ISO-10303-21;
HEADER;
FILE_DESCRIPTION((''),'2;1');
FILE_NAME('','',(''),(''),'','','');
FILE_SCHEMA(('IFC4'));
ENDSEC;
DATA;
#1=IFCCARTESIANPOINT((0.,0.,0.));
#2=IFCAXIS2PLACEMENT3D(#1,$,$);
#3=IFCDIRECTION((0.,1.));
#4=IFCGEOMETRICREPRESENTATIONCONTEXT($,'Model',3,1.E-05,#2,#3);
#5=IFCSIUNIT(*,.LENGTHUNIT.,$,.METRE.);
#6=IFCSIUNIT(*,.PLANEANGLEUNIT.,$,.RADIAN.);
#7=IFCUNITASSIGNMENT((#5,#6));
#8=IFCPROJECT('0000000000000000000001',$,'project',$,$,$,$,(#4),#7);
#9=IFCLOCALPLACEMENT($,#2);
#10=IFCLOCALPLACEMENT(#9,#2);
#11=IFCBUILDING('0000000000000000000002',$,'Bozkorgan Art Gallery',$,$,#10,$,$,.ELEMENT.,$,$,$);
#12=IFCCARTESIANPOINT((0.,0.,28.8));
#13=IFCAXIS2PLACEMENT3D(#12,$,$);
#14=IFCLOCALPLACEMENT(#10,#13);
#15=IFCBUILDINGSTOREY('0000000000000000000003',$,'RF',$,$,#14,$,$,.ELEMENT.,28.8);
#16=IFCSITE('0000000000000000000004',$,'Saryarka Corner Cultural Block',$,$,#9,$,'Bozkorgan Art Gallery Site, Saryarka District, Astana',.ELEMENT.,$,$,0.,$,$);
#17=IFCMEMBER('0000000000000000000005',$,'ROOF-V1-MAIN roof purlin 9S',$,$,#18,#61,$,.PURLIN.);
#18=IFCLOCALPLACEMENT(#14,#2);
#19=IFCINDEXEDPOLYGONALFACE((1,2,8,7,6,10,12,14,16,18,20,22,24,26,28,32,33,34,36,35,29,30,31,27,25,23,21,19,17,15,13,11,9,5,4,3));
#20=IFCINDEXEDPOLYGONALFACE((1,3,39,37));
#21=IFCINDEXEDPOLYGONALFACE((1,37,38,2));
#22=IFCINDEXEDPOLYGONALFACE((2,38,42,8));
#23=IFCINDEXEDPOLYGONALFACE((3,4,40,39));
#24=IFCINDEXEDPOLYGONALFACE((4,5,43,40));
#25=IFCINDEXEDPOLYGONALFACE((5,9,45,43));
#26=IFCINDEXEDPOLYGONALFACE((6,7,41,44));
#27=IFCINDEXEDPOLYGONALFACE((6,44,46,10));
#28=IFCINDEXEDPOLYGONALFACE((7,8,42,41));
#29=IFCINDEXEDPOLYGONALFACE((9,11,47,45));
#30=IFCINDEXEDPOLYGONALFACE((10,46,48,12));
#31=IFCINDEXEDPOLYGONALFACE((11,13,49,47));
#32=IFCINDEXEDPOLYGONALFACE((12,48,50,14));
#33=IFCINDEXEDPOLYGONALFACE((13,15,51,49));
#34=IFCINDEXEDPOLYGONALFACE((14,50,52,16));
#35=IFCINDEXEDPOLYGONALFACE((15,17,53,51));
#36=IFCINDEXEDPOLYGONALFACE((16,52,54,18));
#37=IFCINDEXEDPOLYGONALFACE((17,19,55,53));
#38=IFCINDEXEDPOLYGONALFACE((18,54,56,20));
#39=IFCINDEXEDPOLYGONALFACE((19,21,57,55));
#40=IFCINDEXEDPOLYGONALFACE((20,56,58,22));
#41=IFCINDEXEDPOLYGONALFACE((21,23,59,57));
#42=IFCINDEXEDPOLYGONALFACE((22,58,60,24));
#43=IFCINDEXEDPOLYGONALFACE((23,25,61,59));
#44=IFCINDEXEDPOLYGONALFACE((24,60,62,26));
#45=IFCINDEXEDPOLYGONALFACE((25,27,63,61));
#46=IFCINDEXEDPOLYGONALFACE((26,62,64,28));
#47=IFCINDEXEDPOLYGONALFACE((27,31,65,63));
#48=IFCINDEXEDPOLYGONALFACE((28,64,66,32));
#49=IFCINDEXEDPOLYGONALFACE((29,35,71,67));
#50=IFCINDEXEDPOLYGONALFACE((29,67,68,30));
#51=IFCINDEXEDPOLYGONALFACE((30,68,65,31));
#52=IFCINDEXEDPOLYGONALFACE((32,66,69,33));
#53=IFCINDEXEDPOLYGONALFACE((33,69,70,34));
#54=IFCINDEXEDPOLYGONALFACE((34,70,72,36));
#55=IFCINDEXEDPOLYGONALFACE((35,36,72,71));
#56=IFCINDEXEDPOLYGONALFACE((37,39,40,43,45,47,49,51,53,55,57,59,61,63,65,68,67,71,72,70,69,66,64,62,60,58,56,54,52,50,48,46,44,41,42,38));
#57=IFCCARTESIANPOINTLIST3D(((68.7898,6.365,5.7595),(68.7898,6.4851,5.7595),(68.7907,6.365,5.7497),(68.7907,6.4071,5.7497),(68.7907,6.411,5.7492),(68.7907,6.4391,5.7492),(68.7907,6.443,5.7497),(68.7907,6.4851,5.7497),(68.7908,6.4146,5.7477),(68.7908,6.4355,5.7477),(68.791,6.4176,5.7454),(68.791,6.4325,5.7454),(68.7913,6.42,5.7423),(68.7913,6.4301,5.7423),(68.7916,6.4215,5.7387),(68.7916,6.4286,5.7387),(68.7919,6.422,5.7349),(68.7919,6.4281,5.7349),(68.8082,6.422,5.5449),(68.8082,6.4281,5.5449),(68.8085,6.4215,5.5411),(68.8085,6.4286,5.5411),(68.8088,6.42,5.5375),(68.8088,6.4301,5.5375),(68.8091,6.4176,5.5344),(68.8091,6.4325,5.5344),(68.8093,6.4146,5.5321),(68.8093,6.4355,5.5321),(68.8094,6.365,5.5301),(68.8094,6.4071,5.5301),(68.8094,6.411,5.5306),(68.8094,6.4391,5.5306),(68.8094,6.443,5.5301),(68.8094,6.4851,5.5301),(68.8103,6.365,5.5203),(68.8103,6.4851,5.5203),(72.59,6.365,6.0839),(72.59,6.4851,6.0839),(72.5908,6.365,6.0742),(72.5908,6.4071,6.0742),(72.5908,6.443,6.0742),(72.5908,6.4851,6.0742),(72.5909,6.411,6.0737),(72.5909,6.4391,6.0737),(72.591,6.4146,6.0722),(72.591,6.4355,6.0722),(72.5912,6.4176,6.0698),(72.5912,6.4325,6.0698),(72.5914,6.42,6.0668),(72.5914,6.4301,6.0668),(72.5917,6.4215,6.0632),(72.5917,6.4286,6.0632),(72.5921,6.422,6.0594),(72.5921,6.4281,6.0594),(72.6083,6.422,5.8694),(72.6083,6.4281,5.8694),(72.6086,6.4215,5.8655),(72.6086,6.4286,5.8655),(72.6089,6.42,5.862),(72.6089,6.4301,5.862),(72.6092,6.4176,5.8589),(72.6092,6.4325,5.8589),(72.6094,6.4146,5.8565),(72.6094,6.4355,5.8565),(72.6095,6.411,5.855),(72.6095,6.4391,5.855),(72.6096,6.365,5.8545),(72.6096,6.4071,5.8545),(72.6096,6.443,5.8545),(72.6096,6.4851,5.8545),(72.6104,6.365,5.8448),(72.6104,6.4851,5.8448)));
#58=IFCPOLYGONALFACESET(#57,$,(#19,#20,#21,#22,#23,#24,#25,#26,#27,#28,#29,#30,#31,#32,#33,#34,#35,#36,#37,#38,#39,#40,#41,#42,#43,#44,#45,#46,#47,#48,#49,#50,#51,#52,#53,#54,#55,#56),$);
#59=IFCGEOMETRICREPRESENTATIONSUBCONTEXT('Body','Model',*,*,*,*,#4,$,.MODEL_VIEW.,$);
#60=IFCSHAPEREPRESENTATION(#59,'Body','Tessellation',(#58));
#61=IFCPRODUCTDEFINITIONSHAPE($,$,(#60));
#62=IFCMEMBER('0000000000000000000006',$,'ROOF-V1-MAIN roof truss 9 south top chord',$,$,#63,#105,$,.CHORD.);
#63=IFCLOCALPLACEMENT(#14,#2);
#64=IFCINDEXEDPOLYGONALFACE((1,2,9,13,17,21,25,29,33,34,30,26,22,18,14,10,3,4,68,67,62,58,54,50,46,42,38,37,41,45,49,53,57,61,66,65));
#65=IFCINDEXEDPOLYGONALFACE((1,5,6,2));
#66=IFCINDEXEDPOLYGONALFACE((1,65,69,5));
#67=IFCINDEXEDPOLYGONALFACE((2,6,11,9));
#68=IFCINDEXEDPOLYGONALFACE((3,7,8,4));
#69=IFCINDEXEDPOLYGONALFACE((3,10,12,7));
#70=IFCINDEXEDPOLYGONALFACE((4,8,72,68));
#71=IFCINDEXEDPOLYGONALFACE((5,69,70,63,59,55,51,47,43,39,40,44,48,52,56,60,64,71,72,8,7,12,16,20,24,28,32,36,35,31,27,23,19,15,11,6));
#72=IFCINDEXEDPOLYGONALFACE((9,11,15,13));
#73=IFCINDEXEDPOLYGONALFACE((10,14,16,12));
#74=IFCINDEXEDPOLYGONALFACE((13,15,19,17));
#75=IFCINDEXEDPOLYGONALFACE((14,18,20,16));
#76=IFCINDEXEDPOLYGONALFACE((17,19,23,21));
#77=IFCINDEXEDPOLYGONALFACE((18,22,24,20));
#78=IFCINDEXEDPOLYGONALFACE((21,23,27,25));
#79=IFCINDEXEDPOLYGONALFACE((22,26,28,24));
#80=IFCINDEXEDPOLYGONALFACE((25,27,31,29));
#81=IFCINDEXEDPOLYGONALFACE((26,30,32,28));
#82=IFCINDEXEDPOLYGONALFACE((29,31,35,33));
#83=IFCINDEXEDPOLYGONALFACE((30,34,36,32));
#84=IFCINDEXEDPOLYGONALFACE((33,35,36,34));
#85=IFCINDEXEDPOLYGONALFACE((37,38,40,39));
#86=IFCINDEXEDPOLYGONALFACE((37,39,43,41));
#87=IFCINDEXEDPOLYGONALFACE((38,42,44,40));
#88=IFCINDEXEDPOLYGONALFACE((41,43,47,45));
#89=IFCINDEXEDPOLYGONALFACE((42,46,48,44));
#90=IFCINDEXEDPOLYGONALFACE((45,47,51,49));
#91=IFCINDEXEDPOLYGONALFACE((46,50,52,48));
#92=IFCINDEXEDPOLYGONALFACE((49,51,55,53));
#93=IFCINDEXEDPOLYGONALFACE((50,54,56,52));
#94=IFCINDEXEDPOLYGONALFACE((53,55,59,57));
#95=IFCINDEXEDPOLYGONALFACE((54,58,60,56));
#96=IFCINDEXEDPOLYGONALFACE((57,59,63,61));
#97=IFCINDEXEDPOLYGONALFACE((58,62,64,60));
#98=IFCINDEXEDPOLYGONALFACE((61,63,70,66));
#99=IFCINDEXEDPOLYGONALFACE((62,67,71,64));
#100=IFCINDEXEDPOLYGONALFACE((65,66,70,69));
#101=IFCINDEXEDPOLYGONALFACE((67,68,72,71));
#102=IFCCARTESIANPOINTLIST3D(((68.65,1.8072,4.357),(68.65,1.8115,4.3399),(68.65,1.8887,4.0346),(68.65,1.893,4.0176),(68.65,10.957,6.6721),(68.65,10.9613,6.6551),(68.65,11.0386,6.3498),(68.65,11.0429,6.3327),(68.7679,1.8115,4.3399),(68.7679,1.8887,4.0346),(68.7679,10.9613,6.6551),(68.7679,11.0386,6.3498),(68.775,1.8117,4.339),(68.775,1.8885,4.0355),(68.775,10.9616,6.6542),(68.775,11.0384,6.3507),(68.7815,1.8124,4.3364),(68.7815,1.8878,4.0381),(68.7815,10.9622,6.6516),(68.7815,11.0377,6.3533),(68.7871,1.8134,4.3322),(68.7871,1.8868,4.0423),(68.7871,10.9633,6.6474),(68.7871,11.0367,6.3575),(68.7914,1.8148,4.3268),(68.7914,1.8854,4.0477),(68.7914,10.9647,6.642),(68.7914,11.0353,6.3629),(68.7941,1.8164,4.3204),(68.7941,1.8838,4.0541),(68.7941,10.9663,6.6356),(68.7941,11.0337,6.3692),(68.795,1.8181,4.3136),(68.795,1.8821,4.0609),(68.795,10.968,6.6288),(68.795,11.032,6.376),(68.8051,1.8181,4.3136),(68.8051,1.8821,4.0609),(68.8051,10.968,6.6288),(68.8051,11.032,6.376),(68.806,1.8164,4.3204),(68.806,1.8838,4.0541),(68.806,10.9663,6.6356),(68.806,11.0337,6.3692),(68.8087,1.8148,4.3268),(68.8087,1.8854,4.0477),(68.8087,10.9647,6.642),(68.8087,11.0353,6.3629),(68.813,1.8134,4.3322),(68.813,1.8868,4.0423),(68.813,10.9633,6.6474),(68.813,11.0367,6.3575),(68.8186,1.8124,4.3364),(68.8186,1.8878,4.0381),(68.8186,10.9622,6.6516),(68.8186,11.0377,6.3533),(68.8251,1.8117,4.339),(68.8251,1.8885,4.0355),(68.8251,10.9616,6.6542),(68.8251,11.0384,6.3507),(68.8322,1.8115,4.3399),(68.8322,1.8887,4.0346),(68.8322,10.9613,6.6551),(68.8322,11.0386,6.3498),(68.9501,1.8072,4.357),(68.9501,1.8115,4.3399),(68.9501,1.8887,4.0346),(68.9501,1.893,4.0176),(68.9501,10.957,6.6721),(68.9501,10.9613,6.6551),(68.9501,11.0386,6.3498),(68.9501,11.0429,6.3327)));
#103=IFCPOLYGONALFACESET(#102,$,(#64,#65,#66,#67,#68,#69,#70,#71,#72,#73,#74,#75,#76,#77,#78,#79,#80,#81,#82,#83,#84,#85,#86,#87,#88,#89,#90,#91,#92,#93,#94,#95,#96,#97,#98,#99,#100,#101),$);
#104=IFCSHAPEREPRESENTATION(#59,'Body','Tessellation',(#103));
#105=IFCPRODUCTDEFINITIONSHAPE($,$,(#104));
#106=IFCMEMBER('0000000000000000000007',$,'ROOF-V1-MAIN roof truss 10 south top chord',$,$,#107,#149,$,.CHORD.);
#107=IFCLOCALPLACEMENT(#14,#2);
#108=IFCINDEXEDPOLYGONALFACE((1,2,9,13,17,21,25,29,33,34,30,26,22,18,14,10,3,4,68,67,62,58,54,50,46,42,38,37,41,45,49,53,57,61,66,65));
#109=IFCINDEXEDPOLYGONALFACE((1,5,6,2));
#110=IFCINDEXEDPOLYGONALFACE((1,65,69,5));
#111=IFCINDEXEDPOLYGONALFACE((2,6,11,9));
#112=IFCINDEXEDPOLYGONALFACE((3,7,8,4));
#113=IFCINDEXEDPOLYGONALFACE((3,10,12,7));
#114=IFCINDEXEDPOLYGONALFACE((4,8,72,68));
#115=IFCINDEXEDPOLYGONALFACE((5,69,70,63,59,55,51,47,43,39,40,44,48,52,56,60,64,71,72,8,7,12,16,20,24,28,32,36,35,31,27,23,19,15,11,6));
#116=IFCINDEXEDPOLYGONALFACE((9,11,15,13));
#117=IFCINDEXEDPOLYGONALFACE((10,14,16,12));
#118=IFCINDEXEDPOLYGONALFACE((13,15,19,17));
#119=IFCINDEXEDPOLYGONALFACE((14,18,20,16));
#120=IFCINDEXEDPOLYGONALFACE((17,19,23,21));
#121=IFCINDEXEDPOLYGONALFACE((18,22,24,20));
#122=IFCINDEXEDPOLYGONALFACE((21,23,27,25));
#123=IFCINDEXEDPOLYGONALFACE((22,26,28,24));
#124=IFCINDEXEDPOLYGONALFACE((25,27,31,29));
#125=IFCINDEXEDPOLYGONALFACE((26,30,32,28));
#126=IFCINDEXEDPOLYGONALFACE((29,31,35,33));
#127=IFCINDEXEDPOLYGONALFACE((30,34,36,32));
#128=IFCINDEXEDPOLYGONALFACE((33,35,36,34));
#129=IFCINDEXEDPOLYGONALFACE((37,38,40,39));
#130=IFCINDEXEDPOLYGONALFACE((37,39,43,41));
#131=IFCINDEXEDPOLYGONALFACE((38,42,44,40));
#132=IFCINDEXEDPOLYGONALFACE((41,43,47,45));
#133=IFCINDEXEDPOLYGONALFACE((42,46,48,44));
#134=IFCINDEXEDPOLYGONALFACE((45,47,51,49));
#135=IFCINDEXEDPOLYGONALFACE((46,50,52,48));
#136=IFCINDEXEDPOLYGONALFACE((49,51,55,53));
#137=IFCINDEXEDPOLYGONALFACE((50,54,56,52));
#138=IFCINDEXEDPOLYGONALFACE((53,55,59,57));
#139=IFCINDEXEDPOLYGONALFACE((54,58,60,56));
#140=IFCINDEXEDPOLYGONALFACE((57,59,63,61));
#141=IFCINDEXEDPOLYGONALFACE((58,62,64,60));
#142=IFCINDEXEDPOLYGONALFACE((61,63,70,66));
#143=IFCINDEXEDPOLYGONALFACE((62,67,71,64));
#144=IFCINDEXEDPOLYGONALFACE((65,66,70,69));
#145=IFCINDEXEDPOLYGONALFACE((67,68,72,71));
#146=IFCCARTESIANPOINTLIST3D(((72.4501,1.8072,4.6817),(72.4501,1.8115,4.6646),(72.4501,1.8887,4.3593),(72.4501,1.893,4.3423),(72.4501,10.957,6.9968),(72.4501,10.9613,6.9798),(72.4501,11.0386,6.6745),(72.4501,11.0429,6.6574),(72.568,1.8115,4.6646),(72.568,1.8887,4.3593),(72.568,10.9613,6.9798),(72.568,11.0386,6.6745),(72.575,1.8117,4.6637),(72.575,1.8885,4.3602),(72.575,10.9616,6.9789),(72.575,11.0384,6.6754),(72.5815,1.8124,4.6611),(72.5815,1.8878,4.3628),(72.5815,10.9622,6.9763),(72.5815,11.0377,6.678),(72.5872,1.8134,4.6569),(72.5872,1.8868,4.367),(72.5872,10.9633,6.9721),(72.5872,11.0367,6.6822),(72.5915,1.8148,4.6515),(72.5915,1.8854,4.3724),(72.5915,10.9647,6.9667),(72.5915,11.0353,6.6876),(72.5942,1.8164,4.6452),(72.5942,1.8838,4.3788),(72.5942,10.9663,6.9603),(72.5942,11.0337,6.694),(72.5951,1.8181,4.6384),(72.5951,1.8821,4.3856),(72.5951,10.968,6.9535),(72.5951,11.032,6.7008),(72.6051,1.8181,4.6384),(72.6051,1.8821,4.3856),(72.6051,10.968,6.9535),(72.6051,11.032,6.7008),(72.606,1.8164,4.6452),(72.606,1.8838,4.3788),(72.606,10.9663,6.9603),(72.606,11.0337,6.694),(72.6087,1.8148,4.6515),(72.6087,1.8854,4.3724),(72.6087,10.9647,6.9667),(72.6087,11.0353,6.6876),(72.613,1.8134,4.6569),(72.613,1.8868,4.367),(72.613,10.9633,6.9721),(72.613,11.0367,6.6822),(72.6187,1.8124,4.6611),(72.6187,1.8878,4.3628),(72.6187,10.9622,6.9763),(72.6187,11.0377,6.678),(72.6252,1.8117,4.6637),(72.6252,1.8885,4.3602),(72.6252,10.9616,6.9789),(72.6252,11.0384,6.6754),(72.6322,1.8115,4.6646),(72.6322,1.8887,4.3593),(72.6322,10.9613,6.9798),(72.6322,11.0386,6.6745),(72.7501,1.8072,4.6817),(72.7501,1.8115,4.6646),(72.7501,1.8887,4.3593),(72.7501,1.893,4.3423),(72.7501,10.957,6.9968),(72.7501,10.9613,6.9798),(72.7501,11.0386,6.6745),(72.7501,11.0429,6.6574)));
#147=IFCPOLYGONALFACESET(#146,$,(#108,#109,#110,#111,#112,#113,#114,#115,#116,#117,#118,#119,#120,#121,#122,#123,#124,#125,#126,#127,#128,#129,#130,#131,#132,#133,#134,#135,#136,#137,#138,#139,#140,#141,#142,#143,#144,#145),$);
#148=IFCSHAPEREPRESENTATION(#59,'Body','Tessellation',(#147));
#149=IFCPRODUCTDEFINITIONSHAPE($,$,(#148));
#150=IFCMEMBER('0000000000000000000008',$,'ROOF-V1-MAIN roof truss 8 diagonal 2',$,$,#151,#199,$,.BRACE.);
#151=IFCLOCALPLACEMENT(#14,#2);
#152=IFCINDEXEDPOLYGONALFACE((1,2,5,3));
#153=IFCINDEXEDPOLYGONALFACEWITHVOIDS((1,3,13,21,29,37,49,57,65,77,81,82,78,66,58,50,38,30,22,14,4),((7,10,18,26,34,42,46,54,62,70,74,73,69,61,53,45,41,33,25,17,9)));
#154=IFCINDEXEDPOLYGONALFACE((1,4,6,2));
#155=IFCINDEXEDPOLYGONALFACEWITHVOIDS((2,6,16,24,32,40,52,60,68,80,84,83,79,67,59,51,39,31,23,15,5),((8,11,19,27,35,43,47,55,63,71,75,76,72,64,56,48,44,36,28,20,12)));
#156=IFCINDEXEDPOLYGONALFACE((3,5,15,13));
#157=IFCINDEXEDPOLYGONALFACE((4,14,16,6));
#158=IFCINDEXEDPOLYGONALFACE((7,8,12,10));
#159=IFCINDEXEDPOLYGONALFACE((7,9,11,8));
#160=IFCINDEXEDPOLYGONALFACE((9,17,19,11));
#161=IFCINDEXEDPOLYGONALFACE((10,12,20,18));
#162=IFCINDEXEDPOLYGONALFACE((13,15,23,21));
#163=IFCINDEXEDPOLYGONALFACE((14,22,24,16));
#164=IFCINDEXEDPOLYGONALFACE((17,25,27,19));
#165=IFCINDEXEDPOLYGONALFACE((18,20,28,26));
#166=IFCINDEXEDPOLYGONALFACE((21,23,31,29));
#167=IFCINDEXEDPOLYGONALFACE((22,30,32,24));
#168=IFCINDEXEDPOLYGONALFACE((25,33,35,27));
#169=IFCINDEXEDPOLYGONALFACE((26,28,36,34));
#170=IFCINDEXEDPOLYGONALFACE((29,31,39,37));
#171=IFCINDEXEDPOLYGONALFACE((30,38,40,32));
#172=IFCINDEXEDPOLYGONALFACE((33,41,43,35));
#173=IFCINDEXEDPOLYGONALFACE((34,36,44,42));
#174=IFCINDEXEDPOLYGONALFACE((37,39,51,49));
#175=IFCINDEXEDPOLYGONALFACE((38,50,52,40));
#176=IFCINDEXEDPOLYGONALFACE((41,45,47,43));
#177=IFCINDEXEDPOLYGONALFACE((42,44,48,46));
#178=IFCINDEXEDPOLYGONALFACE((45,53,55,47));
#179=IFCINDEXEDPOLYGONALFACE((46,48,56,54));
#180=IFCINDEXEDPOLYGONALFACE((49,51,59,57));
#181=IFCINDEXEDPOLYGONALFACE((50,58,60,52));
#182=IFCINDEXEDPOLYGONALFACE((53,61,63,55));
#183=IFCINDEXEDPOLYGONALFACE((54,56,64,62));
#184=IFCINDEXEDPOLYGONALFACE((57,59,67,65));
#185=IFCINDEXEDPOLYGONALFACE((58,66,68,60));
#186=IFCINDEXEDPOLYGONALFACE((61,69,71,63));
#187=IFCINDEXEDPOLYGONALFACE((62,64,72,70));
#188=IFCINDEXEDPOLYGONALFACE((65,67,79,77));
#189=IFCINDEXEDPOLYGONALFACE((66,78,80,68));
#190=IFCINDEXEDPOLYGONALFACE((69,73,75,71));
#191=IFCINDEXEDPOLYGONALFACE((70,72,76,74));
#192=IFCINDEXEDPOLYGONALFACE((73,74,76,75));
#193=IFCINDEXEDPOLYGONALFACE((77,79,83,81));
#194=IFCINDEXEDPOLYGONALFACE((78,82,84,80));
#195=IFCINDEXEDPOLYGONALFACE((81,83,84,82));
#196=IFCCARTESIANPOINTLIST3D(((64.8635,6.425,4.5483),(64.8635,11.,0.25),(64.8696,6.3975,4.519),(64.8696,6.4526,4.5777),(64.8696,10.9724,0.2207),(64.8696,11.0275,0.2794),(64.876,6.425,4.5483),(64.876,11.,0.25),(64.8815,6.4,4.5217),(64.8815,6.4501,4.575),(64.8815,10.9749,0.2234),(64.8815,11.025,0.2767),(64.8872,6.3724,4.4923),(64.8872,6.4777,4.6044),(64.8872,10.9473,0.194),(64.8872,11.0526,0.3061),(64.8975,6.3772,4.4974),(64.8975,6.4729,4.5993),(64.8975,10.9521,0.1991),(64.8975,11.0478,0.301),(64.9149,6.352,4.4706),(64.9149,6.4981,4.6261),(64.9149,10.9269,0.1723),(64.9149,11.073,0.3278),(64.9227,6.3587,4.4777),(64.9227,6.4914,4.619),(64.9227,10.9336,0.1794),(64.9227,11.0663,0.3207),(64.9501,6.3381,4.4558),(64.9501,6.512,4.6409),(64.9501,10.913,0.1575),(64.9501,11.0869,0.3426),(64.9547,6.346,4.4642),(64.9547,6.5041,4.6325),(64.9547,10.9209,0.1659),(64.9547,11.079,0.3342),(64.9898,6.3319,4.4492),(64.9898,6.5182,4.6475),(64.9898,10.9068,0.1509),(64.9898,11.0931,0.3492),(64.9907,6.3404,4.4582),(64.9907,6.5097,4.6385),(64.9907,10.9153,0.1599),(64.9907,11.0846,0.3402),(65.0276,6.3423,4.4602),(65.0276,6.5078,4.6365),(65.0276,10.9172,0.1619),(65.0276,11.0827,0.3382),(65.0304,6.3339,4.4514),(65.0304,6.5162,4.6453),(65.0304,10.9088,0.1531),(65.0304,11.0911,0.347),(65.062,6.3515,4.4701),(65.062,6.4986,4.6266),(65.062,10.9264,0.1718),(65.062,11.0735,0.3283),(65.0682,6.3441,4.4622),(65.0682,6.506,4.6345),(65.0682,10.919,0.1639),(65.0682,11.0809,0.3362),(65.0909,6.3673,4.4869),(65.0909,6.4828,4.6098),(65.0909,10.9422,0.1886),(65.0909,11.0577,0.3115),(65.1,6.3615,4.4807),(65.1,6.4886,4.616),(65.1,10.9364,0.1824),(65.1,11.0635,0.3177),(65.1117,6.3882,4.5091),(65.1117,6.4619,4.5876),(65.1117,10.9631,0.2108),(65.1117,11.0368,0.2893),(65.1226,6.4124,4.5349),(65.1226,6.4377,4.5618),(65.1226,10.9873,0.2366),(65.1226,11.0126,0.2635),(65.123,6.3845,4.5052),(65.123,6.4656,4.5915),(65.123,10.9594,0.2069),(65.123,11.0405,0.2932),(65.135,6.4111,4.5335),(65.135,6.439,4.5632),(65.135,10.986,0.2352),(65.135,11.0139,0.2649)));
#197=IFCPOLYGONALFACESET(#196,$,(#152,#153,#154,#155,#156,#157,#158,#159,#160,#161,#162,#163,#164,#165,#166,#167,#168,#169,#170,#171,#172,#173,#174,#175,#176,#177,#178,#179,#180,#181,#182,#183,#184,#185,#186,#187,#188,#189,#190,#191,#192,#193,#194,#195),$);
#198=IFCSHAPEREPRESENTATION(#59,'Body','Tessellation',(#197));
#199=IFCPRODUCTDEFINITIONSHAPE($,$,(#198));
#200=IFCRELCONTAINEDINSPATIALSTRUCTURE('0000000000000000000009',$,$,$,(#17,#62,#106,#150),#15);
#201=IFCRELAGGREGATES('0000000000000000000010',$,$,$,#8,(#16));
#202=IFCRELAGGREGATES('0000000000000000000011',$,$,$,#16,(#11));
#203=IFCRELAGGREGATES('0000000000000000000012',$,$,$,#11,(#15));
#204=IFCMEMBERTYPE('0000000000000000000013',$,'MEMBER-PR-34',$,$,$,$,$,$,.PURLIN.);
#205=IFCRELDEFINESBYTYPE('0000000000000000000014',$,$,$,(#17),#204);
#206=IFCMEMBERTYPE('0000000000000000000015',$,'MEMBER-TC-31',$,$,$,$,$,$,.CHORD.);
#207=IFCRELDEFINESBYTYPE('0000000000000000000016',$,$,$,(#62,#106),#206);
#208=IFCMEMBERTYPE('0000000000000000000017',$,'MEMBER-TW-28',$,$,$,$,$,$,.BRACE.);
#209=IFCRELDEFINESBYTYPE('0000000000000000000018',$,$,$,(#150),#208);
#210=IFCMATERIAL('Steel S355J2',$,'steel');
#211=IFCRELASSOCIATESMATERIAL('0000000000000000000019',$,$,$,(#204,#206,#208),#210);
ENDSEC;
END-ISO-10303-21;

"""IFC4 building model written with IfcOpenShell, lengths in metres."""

from ifc_helpers import new_model, si_unit, direction, frame, origin, origin_2d, place, context, subcontext, project, spatial, hollow_circle, i_section, extrude, material, material_profile, profile_set, type_object, element, save


model = new_model("IFC4")

# Units and contexts
model_context = context("Model", 3, precision=1e-05, world=origin(), true_north=direction((0.0, 1.0)))
body_context = subcontext(model_context, "Body", "Model", "MODEL_VIEW")
ifc_project = project(units=[si_unit("LENGTHUNIT", "METRE"), si_unit("PLANEANGLEUNIT", "RADIAN")], contexts=[model_context])

# Site, building, storey
site_placement = place(None, origin())
site = spatial("IfcSite", under=ifc_project, at=site_placement, Name="Saryarka Corner Cultural Block", LongName="Bozkorgan Art Gallery Site, Saryarka District, Astana", CompositionType="ELEMENT", RefElevation=0.0)
building_placement = place(site_placement, origin())
building = spatial("IfcBuilding", under=site, at=building_placement, Name="Bozkorgan Art Gallery", CompositionType="ELEMENT")
storey_placement = place(building_placement, frame((0.0, 0.0, 28.8)))
storey = spatial("IfcBuildingStorey", under=building, at=storey_placement, Name="RF", CompositionType="ELEMENT", Elevation=28.8)

# Shared definitions
ifc_material_1 = material(Name="Steel S355J2", Category="steel")

# Members
ifc_material_profile_1 = material_profile(ifc_material_1, i_section(OverallWidth=0.1201, OverallDepth=0.24, WebThickness=0.0061, FlangeThickness=0.0098, FilletRadius=0.0149, at=origin_2d()), Name="IPE 240")
ifc_profile_set_1 = profile_set([ifc_material_profile_1], Name="Steel S355J2")
member_type_1 = type_object("IfcMemberType", Name="MEMBER-PR-34", PredefinedType="PURLIN", material=ifc_profile_set_1)
member_1_placement = place(storey_placement, frame((68.8, 6.425, 5.6399), z_axis=(0.996375, 0.0, 0.085074), x_axis=(0.0, 1.0, 0.0)))
element("IfcMember", 1, at=member_1_placement, inside=storey, type_object=member_type_1, Name="ROOF-V1-MAIN roof purlin 9S", PredefinedType="PURLIN", context=body_context, shape_type="SweptSolid", body=[
    extrude(i_section(OverallWidth=0.1201, OverallDepth=0.24, WebThickness=0.0061, FlangeThickness=0.0098, FilletRadius=0.0149, at=origin_2d()), origin(), (0.0, 0.0, 1.0), 3.814),
])
ifc_material_profile_2 = material_profile(ifc_material_1, i_section(OverallWidth=0.3, OverallDepth=0.3501, WebThickness=0.01, FlangeThickness=0.0176, FilletRadius=0.0271, at=origin_2d()), Name="HEA 360")
ifc_profile_set_2 = profile_set([ifc_material_profile_2], Name="Steel S355J2")
member_type_2 = type_object("IfcMemberType", Name="MEMBER-TC-31", PredefinedType="CHORD", material=ifc_profile_set_2)
for number, where, z_axis, x_axis, name in (
    (2, (68.8, 1.8501, 4.1873), (0.0, 0.969448, 0.245298), (-1.0, 0.0, 0.0), "ROOF-V1-MAIN roof truss 9 south top chord"),
    (3, (72.6001, 1.8501, 4.512), (0.0, 0.969448, 0.245298), (-1.0, 0.0, 0.0), "ROOF-V1-MAIN roof truss 10 south top chord"),
):
    element("IfcMember", number, at=place(storey_placement, frame(where, z_axis=z_axis, x_axis=x_axis)), inside=storey, type_object=member_type_2, Name=name, PredefinedType="CHORD", context=body_context, shape_type="SweptSolid", body=[
        extrude(i_section(OverallWidth=0.3, OverallDepth=0.3501, WebThickness=0.01, FlangeThickness=0.0176, FilletRadius=0.0271, at=origin_2d()), origin(), (0.0, 0.0, 1.0), 9.4382),
    ])
ifc_material_profile_3 = material_profile(ifc_material_1, hollow_circle(Radius=0.1365, WallThickness=0.0125, at=origin_2d()), Name="CHS 273x12.5")
ifc_profile_set_3 = profile_set([ifc_material_profile_3], Name="Steel S355J2")
member_type_3 = type_object("IfcMemberType", Name="MEMBER-TW-28", PredefinedType="BRACE", material=ifc_profile_set_3)
member_2_placement = place(storey_placement, frame((65.0, 6.425, 4.5483), z_axis=(0.0, 0.728796, -0.684731), x_axis=(-1.0, 0.0, 0.0)))
element("IfcMember", 4, at=member_2_placement, inside=storey, type_object=member_type_3, Name="ROOF-V1-MAIN roof truss 8 diagonal 2", PredefinedType="BRACE", context=body_context, shape_type="SweptSolid", body=[
    extrude(hollow_circle(Radius=0.1365, WallThickness=0.0125, at=origin_2d()), origin(), (0.0, 0.0, 1.0), 6.2773),
])

save(model, "model.ifc")
